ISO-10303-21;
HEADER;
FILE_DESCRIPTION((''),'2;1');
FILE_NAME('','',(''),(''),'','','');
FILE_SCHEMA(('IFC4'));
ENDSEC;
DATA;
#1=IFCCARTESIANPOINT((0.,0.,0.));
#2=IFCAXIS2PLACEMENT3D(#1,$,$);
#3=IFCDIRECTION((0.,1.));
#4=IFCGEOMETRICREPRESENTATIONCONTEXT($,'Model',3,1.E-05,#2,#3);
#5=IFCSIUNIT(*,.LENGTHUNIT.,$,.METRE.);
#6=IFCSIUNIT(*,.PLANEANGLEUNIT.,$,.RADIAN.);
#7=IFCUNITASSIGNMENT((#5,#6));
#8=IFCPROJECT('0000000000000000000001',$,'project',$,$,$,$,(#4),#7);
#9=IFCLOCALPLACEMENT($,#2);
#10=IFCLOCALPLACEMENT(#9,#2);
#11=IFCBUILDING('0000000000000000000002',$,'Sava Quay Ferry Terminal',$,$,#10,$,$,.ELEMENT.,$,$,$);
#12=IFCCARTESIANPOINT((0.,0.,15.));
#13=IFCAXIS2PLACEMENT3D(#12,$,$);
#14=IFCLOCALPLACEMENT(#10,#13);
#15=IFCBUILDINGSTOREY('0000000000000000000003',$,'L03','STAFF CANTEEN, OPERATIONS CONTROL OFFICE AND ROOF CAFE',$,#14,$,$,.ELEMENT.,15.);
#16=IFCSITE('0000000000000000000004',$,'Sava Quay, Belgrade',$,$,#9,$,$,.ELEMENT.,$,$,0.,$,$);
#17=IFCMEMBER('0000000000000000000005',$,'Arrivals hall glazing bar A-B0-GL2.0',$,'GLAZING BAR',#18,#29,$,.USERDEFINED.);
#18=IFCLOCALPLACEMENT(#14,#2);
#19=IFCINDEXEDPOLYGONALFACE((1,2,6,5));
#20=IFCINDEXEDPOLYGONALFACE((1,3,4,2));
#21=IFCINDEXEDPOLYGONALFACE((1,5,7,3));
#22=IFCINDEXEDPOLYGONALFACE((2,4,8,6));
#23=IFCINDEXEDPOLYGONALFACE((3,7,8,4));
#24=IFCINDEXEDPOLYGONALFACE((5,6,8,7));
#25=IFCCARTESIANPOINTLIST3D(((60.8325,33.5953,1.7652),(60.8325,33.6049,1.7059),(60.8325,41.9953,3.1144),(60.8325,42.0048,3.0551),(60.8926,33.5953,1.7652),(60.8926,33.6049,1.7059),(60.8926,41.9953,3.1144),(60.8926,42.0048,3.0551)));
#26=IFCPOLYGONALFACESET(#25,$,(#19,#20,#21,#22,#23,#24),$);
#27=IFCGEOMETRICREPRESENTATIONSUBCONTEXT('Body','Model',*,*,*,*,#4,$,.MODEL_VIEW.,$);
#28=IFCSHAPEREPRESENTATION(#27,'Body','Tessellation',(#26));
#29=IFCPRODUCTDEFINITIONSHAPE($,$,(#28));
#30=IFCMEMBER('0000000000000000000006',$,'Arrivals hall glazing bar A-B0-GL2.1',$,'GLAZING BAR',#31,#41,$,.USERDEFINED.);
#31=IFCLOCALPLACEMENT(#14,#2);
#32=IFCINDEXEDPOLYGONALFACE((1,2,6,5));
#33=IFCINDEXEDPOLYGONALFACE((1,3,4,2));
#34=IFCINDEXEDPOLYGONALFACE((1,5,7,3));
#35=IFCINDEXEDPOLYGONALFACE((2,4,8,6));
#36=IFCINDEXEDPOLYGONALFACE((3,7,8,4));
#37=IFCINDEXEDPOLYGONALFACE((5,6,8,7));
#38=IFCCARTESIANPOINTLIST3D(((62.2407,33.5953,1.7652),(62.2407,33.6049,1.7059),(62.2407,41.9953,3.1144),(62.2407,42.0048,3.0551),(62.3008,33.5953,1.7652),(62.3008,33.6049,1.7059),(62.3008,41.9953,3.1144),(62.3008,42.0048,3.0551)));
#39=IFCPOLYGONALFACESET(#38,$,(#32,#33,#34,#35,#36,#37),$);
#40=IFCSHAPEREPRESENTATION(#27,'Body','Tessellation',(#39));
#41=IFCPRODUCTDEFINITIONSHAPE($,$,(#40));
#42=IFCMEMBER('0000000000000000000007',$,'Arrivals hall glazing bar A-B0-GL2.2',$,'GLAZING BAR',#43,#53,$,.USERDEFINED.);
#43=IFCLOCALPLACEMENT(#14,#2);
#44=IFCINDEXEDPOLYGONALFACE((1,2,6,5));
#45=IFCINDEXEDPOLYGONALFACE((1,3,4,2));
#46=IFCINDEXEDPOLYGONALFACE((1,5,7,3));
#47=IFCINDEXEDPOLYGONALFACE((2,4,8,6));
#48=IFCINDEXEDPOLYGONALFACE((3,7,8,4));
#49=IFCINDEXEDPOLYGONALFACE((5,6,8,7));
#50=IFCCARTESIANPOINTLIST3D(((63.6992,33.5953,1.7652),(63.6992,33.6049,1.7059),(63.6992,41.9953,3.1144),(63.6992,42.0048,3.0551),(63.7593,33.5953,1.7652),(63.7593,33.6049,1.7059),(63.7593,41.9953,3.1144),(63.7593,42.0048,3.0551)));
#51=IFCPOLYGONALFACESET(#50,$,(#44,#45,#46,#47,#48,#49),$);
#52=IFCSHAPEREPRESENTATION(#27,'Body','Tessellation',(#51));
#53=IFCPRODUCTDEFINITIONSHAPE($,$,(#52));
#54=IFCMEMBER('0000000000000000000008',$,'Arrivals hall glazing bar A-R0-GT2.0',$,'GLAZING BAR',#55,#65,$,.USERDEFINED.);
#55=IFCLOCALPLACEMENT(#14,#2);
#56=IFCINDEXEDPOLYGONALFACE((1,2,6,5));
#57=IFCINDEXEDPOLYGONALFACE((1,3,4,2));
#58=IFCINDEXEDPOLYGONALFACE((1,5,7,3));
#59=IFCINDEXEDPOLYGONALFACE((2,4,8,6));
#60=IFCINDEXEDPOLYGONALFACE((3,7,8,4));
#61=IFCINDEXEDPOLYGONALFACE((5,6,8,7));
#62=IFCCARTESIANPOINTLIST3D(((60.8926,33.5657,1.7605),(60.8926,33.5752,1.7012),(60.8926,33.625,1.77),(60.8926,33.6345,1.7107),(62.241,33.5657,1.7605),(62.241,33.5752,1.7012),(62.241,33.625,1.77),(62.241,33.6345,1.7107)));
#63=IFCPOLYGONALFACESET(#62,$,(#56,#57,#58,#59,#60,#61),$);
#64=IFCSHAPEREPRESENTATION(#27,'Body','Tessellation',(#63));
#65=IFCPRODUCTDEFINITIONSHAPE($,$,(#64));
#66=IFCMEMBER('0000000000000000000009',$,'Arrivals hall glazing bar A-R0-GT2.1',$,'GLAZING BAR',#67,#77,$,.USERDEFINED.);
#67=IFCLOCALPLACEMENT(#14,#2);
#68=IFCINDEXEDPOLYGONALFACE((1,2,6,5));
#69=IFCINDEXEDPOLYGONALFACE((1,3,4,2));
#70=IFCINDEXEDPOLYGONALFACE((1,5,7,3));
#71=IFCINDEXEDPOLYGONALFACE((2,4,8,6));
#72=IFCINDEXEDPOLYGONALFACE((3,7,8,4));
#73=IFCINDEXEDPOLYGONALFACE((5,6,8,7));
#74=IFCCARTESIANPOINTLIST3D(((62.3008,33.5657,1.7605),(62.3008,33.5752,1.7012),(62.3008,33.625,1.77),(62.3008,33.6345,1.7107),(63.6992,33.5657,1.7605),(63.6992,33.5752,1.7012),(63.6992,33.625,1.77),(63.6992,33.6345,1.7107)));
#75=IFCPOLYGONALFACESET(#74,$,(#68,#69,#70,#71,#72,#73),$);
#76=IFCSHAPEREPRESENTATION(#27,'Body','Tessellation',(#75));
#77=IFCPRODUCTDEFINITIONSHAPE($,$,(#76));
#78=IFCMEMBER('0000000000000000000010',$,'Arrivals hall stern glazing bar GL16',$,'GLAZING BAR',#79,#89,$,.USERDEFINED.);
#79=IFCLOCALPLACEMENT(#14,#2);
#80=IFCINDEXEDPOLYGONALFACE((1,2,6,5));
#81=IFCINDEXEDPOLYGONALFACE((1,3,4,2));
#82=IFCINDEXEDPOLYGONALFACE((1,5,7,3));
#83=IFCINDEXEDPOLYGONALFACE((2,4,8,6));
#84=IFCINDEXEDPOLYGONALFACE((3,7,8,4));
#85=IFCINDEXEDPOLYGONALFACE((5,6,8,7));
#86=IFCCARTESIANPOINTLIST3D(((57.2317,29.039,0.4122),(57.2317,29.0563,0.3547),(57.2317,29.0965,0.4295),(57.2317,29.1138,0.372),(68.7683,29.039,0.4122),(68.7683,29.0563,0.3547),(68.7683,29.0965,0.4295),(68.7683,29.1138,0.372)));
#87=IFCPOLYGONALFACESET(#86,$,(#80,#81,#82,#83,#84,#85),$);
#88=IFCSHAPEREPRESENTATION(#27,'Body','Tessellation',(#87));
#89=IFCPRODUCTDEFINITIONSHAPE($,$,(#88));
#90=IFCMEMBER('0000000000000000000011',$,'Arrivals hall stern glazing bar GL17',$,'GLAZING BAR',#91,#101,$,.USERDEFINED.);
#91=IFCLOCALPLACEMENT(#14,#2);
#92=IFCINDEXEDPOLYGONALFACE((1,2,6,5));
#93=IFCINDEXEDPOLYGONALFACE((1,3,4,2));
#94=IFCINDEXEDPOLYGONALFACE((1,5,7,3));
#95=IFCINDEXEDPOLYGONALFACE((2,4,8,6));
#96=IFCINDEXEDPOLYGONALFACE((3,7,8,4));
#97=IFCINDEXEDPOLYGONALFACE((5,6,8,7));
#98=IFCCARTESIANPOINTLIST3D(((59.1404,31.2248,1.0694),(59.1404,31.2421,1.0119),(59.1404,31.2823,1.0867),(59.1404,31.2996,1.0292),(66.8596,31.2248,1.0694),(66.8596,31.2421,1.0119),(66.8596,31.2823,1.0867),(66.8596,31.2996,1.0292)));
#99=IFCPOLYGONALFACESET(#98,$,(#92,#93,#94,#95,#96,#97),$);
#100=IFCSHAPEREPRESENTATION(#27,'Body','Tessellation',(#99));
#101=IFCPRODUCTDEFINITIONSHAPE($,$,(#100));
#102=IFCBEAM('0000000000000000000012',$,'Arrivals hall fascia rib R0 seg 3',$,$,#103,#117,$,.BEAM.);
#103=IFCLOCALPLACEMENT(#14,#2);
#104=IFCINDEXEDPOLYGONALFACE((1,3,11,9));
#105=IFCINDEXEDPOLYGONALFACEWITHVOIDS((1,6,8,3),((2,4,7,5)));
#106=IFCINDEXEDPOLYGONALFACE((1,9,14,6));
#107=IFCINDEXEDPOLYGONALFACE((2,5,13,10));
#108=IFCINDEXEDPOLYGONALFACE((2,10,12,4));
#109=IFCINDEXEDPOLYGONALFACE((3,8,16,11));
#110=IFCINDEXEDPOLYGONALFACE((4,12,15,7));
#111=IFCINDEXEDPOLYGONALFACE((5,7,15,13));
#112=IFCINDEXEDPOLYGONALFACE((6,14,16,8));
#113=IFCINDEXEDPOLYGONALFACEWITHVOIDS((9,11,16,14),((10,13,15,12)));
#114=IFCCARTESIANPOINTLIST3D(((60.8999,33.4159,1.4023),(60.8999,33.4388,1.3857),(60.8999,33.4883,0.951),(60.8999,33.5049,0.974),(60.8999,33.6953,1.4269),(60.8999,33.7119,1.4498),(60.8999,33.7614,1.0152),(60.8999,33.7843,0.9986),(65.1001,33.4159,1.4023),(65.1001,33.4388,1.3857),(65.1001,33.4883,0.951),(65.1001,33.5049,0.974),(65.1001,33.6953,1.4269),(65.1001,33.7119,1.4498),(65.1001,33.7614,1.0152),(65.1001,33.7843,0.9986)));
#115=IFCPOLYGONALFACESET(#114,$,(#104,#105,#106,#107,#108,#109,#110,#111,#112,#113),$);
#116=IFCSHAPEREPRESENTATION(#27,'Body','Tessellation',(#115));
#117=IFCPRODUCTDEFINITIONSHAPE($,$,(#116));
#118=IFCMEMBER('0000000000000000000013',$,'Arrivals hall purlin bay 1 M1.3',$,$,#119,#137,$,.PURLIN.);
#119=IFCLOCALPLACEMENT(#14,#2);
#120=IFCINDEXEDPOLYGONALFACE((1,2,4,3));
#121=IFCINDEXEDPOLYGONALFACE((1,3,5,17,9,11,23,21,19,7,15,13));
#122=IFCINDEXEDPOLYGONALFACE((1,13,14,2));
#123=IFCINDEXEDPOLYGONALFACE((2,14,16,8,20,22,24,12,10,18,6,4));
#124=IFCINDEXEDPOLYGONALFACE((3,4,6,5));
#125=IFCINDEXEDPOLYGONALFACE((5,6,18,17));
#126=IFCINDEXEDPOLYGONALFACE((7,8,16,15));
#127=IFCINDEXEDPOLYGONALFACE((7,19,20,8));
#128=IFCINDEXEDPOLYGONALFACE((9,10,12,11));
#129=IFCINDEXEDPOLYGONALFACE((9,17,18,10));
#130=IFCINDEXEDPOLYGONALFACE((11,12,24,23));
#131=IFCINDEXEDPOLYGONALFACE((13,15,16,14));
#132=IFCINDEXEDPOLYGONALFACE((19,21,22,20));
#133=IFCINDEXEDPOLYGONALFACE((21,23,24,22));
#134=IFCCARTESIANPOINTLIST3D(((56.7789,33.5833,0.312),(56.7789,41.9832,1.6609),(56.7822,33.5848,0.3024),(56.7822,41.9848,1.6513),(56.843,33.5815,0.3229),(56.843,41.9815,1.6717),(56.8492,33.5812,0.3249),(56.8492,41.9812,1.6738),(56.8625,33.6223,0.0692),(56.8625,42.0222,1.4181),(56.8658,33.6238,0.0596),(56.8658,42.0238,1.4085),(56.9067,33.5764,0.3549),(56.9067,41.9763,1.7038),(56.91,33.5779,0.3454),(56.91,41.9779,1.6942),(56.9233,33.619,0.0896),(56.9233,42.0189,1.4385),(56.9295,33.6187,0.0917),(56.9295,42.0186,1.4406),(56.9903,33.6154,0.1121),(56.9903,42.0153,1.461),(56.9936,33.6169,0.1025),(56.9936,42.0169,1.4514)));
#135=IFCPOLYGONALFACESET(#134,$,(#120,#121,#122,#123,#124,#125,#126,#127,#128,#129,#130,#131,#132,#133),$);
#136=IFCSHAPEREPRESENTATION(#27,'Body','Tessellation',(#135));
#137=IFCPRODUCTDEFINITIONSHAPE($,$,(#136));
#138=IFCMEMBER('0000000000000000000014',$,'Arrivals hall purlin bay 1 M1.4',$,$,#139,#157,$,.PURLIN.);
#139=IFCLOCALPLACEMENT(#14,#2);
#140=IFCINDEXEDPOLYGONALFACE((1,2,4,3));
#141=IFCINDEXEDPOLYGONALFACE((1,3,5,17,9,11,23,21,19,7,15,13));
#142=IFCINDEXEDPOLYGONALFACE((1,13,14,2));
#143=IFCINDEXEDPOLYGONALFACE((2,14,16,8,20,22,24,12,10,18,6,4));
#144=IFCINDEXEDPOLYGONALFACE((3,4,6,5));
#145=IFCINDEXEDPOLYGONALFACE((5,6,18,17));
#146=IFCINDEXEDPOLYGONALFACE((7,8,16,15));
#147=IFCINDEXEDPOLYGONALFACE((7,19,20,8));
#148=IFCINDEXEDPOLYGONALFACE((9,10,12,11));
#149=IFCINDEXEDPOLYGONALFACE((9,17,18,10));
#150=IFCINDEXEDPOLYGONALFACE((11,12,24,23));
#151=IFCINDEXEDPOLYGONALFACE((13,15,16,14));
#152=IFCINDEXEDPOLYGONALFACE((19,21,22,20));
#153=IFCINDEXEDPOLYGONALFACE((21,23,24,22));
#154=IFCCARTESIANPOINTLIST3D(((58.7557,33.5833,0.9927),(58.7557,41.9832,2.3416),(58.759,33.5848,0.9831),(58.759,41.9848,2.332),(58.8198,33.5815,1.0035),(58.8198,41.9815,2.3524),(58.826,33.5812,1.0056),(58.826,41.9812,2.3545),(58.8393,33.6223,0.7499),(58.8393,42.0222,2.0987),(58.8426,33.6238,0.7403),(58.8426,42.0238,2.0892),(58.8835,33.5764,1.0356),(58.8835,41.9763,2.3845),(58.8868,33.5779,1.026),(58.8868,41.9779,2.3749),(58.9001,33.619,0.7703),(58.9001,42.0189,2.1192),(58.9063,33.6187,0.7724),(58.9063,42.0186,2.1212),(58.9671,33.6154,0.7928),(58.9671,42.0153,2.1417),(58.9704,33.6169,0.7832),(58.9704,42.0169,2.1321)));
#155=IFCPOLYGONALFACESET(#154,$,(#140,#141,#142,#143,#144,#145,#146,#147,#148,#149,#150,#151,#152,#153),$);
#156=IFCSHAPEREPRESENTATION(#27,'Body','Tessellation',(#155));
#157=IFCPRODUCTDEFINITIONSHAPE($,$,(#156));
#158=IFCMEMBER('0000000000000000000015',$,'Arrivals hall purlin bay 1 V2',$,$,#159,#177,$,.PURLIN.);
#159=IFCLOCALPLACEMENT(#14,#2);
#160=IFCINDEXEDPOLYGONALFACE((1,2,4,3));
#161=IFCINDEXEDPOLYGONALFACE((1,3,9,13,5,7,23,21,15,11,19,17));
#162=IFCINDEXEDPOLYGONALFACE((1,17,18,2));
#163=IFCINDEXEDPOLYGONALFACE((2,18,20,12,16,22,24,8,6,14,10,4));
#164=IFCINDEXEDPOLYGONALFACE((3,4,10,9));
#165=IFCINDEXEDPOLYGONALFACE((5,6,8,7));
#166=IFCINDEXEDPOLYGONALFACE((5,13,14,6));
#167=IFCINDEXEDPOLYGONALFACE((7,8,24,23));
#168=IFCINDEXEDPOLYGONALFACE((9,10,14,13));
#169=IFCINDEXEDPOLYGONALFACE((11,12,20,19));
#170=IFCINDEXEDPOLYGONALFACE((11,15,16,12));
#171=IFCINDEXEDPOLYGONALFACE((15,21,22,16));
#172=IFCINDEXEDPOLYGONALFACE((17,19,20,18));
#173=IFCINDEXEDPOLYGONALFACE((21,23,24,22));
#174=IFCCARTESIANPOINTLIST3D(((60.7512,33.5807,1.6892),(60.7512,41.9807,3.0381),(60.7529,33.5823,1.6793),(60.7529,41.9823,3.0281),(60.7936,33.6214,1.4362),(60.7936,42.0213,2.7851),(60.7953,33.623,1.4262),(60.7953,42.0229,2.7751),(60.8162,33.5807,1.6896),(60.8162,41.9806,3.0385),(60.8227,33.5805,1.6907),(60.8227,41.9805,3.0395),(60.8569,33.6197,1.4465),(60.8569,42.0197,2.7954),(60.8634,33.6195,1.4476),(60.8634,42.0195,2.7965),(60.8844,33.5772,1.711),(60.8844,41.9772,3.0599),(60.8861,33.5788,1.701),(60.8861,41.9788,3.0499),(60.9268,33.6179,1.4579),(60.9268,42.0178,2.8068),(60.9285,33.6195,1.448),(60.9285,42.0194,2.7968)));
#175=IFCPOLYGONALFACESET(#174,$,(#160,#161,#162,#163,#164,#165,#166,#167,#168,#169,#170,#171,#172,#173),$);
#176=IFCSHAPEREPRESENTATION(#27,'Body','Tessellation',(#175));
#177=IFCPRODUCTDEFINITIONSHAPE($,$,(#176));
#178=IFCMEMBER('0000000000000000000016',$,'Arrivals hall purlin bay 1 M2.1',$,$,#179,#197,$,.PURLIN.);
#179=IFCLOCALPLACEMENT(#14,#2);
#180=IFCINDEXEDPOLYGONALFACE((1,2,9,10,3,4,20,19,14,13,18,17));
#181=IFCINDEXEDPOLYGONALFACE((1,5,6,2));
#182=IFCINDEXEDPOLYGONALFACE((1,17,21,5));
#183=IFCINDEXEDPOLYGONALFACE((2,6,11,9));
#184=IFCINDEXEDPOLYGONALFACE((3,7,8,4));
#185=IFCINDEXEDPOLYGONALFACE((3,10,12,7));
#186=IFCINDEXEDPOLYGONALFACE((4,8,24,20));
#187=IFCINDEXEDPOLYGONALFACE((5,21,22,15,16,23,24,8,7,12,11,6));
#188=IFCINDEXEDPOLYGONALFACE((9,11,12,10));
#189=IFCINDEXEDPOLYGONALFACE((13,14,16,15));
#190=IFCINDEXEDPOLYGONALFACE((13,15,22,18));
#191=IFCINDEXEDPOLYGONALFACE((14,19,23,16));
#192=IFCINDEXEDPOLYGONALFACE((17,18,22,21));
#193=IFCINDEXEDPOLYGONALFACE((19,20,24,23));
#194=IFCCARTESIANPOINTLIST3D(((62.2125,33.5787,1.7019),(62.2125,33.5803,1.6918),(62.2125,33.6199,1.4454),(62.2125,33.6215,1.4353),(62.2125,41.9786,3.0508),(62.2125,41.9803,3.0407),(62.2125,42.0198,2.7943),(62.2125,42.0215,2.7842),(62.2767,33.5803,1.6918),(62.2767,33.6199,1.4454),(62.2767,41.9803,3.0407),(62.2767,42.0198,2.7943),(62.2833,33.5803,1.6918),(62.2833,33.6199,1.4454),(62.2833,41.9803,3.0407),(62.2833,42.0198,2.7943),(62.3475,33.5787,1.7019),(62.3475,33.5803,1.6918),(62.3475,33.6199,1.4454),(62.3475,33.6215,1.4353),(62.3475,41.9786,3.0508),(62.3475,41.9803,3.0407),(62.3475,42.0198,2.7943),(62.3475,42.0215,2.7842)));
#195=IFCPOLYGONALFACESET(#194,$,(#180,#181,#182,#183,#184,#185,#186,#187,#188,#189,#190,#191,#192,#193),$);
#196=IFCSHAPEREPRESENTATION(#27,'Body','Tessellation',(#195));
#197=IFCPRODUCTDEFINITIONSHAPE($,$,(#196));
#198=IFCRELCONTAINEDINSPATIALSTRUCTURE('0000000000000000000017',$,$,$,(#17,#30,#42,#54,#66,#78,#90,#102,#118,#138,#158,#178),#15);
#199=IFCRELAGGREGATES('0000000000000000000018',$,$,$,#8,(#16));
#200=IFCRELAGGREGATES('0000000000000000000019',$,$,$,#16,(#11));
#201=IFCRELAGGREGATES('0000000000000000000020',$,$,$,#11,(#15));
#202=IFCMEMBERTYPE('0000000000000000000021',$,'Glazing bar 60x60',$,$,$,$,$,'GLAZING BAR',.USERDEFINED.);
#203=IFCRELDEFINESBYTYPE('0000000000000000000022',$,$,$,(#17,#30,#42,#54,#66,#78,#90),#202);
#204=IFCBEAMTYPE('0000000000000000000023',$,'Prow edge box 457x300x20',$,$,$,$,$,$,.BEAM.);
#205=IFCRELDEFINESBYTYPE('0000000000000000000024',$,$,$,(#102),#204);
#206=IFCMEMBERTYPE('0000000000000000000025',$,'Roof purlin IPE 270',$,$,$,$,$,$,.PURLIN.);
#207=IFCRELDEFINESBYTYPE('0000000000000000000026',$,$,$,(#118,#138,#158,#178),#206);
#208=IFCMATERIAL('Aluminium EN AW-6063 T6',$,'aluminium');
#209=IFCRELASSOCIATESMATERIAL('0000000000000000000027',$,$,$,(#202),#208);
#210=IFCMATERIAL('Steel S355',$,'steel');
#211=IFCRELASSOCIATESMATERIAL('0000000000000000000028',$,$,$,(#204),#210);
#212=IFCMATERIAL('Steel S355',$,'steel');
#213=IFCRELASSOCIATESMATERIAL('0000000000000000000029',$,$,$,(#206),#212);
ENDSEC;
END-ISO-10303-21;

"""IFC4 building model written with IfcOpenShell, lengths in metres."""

from ifc_helpers import new_model, si_unit, direction, frame, origin, origin_2d, place, context, subcontext, project, spatial, polyline, rectangle, i_section, outline, extrude, material, material_profile, profile_set, type_object, element, save


model = new_model("IFC4")

# Units and contexts
model_context = context("Model", 3, precision=1e-05, world=origin(), true_north=direction((0.0, 1.0)))
body_context = subcontext(model_context, "Body", "Model", "MODEL_VIEW")
ifc_project = project(units=[si_unit("LENGTHUNIT", "METRE"), si_unit("PLANEANGLEUNIT", "RADIAN")], contexts=[model_context])

# Site, building, storey
site_placement = place(None, origin())
site = spatial("IfcSite", under=ifc_project, at=site_placement, Name="Sava Quay, Belgrade", CompositionType="ELEMENT", RefElevation=0.0)
building_placement = place(site_placement, origin())
building = spatial("IfcBuilding", under=site, at=building_placement, Name="Sava Quay Ferry Terminal", CompositionType="ELEMENT")
storey_placement = place(building_placement, frame((0.0, 0.0, 15.0)))
storey = spatial("IfcBuildingStorey", under=building, at=storey_placement, Name="L03", Description="STAFF CANTEEN, OPERATIONS CONTROL OFFICE AND ROOF CAFE", CompositionType="ELEMENT", Elevation=15.0)

# Members
ifc_material_1 = material(Name="Aluminium EN AW-6063 T6", Category="aluminium")
ifc_material_profile_1 = material_profile(ifc_material_1, rectangle(XDim=0.0601, YDim=0.0601, at=origin_2d()), Name="Bar 60 x 60")
ifc_profile_set_1 = profile_set([ifc_material_profile_1], Name="Aluminium EN AW-6063 T6")
member_type_1 = type_object("IfcMemberType", Name="Glazing bar 60x60", ElementType="GLAZING BAR", PredefinedType="USERDEFINED", material=ifc_profile_set_1)
for number, where, z_axis, x_axis, name in (
    (1, (60.8625, 33.6001, 1.7356), (0.0, 0.987346, 0.158579), (-1.0, 0.0, 0.0), "Arrivals hall glazing bar A-B0-GL2.0"),
    (2, (62.2708, 33.6001, 1.7356), (0.0, 0.987346, 0.158579), (-1.0, 0.0, 0.0), "Arrivals hall glazing bar A-B0-GL2.1"),
    (3, (63.7292, 33.6001, 1.7356), (0.0, 0.987346, 0.158579), (-1.0, 0.0, 0.0), "Arrivals hall glazing bar A-B0-GL2.2"),
):
    element("IfcMember", number, at=place(storey_placement, frame(where, z_axis=z_axis, x_axis=x_axis)), inside=storey, type_object=member_type_1, Name=name, ObjectType="GLAZING BAR", PredefinedType="USERDEFINED", context=body_context, shape_type="SweptSolid", body=[
        extrude(rectangle(XDim=0.0601, YDim=0.0601, at=origin_2d()), origin(), (0.0, 0.0, 1.0), 8.5076),
    ])
member_1_placement = place(storey_placement, frame((60.8926, 33.6001, 1.7356), z_axis=(1.0, 0.0, 0.0), x_axis=(0.0, 0.987349, 0.158564)))
element("IfcMember", 4, at=member_1_placement, inside=storey, type_object=member_type_1, Name="Arrivals hall glazing bar A-R0-GT2.0", ObjectType="GLAZING BAR", PredefinedType="USERDEFINED", context=body_context, shape_type="SweptSolid", body=[
    extrude(rectangle(XDim=0.0601, YDim=0.0601, at=origin_2d()), origin(), (0.0, 0.0, 1.0), 1.3484),
])
member_2_placement = place(storey_placement, frame((62.3008, 33.6001, 1.7356), z_axis=(1.0, 0.0, 0.0), x_axis=(0.0, 0.987349, 0.158564)))
element("IfcMember", 5, at=member_2_placement, inside=storey, type_object=member_type_1, Name="Arrivals hall glazing bar A-R0-GT2.1", ObjectType="GLAZING BAR", PredefinedType="USERDEFINED", context=body_context, shape_type="SweptSolid", body=[
    extrude(rectangle(XDim=0.0601, YDim=0.0601, at=origin_2d()), origin(), (0.0, 0.0, 1.0), 1.3984),
])
member_3_placement = place(storey_placement, frame((57.2317, 29.0764, 0.3921), z_axis=(1.0, 0.0, 0.0), x_axis=(0.0, 0.957647, 0.287946)))
element("IfcMember", 6, at=member_3_placement, inside=storey, type_object=member_type_1, Name="Arrivals hall stern glazing bar GL16", ObjectType="GLAZING BAR", PredefinedType="USERDEFINED", context=body_context, shape_type="SweptSolid", body=[
    extrude(rectangle(XDim=0.0601, YDim=0.0601, at=origin_2d()), origin(), (0.0, 0.0, 1.0), 11.5366),
])
member_4_placement = place(storey_placement, frame((59.1404, 31.2622, 1.0493), z_axis=(1.0, 0.0, 0.0), x_axis=(0.0, 0.957647, 0.287946)))
element("IfcMember", 7, at=member_4_placement, inside=storey, type_object=member_type_1, Name="Arrivals hall stern glazing bar GL17", ObjectType="GLAZING BAR", PredefinedType="USERDEFINED", context=body_context, shape_type="SweptSolid", body=[
    extrude(rectangle(XDim=0.0601, YDim=0.0601, at=origin_2d()), origin(), (0.0, 0.0, 1.0), 7.7192),
])

# Beam
ifc_material_2 = material(Name="Steel S355", Category="steel")
ifc_material_profile_2 = material_profile(ifc_material_2, outline(polyline([(-0.1499, -0.2285), (0.1499, -0.2285), (0.1499, 0.2285), (-0.1499, 0.2285), (-0.1499, -0.2285)]), holes=[polyline([(-0.1299, -0.2085), (-0.1299, 0.2085), (0.1299, 0.2085), (0.1299, -0.2085), (-0.1299, -0.2085)])]), Name="Box 457x300x20 built-up")
ifc_profile_set_2 = profile_set([ifc_material_profile_2], Name="Steel S355")
beam_type = type_object("IfcBeamType", Name="Prow edge box 457x300x20", PredefinedType="BEAM", material=ifc_profile_set_2)
beam_placement = place(storey_placement, frame((60.8999, 33.6001, 1.2004), z_axis=(1.0, 0.0, 0.0), x_axis=(0.0, 0.987349, 0.158564)))
element("IfcBeam", 8, at=beam_placement, inside=storey, type_object=beam_type, Name="Arrivals hall fascia rib R0 seg 3", PredefinedType="BEAM", context=body_context, shape_type="SweptSolid", body=[
    extrude(outline(polyline([(-0.1499, -0.2285), (0.1499, -0.2285), (0.1499, 0.2285), (-0.1499, 0.2285), (-0.1499, -0.2285)]), holes=[polyline([(-0.1299, -0.2085), (-0.1299, 0.2085), (0.1299, 0.2085), (0.1299, -0.2085), (-0.1299, -0.2085)])]), origin(), (0.0, 0.0, 1.0), 4.2002),
])

# Members
ifc_material_3 = material(Name="Steel S355", Category="steel")
ifc_material_profile_3 = material_profile(ifc_material_3, i_section(OverallWidth=0.135, OverallDepth=0.27, WebThickness=0.0066, FlangeThickness=0.0103, at=origin_2d()), Name="IPE 270")
ifc_profile_set_3 = profile_set([ifc_material_profile_3], Name="Steel S355")
member_type_2 = type_object("IfcMemberType", Name="Roof purlin IPE 270", PredefinedType="PURLIN", material=ifc_profile_set_3)
for number, where, z_axis, x_axis, name in (
    (9, (56.8862, 33.6001, 0.2073), (0.0, 0.987351, 0.158551), (-0.946781, 0.051034, -0.317807), "Arrivals hall purlin bay 1 M1.3"),
    (10, (58.863, 33.6001, 0.8879), (0.0, 0.987351, 0.158551), (-0.946781, 0.051034, -0.317807), "Arrivals hall purlin bay 1 M1.4"),
    (11, (60.8398, 33.6001, 1.5686), (0.0, 0.987351, 0.158551), (-0.986606, 0.025864, -0.161061), "Arrivals hall purlin bay 1 V2"),
    (12, (62.28, 33.6001, 1.5686), (0.0, 0.987351, 0.158551), (-1.0, 0.0, 0.0), "Arrivals hall purlin bay 1 M2.1"),
):
    element("IfcMember", number, at=place(storey_placement, frame(where, z_axis=z_axis, x_axis=x_axis)), inside=storey, type_object=member_type_2, Name=name, PredefinedType="PURLIN", context=body_context, shape_type="SweptSolid", body=[
        extrude(i_section(OverallWidth=0.135, OverallDepth=0.27, WebThickness=0.0066, FlangeThickness=0.0103, at=origin_2d()), origin(), (0.0, 0.0, 1.0), 8.5076),
    ])

save(model, "model.ifc")
